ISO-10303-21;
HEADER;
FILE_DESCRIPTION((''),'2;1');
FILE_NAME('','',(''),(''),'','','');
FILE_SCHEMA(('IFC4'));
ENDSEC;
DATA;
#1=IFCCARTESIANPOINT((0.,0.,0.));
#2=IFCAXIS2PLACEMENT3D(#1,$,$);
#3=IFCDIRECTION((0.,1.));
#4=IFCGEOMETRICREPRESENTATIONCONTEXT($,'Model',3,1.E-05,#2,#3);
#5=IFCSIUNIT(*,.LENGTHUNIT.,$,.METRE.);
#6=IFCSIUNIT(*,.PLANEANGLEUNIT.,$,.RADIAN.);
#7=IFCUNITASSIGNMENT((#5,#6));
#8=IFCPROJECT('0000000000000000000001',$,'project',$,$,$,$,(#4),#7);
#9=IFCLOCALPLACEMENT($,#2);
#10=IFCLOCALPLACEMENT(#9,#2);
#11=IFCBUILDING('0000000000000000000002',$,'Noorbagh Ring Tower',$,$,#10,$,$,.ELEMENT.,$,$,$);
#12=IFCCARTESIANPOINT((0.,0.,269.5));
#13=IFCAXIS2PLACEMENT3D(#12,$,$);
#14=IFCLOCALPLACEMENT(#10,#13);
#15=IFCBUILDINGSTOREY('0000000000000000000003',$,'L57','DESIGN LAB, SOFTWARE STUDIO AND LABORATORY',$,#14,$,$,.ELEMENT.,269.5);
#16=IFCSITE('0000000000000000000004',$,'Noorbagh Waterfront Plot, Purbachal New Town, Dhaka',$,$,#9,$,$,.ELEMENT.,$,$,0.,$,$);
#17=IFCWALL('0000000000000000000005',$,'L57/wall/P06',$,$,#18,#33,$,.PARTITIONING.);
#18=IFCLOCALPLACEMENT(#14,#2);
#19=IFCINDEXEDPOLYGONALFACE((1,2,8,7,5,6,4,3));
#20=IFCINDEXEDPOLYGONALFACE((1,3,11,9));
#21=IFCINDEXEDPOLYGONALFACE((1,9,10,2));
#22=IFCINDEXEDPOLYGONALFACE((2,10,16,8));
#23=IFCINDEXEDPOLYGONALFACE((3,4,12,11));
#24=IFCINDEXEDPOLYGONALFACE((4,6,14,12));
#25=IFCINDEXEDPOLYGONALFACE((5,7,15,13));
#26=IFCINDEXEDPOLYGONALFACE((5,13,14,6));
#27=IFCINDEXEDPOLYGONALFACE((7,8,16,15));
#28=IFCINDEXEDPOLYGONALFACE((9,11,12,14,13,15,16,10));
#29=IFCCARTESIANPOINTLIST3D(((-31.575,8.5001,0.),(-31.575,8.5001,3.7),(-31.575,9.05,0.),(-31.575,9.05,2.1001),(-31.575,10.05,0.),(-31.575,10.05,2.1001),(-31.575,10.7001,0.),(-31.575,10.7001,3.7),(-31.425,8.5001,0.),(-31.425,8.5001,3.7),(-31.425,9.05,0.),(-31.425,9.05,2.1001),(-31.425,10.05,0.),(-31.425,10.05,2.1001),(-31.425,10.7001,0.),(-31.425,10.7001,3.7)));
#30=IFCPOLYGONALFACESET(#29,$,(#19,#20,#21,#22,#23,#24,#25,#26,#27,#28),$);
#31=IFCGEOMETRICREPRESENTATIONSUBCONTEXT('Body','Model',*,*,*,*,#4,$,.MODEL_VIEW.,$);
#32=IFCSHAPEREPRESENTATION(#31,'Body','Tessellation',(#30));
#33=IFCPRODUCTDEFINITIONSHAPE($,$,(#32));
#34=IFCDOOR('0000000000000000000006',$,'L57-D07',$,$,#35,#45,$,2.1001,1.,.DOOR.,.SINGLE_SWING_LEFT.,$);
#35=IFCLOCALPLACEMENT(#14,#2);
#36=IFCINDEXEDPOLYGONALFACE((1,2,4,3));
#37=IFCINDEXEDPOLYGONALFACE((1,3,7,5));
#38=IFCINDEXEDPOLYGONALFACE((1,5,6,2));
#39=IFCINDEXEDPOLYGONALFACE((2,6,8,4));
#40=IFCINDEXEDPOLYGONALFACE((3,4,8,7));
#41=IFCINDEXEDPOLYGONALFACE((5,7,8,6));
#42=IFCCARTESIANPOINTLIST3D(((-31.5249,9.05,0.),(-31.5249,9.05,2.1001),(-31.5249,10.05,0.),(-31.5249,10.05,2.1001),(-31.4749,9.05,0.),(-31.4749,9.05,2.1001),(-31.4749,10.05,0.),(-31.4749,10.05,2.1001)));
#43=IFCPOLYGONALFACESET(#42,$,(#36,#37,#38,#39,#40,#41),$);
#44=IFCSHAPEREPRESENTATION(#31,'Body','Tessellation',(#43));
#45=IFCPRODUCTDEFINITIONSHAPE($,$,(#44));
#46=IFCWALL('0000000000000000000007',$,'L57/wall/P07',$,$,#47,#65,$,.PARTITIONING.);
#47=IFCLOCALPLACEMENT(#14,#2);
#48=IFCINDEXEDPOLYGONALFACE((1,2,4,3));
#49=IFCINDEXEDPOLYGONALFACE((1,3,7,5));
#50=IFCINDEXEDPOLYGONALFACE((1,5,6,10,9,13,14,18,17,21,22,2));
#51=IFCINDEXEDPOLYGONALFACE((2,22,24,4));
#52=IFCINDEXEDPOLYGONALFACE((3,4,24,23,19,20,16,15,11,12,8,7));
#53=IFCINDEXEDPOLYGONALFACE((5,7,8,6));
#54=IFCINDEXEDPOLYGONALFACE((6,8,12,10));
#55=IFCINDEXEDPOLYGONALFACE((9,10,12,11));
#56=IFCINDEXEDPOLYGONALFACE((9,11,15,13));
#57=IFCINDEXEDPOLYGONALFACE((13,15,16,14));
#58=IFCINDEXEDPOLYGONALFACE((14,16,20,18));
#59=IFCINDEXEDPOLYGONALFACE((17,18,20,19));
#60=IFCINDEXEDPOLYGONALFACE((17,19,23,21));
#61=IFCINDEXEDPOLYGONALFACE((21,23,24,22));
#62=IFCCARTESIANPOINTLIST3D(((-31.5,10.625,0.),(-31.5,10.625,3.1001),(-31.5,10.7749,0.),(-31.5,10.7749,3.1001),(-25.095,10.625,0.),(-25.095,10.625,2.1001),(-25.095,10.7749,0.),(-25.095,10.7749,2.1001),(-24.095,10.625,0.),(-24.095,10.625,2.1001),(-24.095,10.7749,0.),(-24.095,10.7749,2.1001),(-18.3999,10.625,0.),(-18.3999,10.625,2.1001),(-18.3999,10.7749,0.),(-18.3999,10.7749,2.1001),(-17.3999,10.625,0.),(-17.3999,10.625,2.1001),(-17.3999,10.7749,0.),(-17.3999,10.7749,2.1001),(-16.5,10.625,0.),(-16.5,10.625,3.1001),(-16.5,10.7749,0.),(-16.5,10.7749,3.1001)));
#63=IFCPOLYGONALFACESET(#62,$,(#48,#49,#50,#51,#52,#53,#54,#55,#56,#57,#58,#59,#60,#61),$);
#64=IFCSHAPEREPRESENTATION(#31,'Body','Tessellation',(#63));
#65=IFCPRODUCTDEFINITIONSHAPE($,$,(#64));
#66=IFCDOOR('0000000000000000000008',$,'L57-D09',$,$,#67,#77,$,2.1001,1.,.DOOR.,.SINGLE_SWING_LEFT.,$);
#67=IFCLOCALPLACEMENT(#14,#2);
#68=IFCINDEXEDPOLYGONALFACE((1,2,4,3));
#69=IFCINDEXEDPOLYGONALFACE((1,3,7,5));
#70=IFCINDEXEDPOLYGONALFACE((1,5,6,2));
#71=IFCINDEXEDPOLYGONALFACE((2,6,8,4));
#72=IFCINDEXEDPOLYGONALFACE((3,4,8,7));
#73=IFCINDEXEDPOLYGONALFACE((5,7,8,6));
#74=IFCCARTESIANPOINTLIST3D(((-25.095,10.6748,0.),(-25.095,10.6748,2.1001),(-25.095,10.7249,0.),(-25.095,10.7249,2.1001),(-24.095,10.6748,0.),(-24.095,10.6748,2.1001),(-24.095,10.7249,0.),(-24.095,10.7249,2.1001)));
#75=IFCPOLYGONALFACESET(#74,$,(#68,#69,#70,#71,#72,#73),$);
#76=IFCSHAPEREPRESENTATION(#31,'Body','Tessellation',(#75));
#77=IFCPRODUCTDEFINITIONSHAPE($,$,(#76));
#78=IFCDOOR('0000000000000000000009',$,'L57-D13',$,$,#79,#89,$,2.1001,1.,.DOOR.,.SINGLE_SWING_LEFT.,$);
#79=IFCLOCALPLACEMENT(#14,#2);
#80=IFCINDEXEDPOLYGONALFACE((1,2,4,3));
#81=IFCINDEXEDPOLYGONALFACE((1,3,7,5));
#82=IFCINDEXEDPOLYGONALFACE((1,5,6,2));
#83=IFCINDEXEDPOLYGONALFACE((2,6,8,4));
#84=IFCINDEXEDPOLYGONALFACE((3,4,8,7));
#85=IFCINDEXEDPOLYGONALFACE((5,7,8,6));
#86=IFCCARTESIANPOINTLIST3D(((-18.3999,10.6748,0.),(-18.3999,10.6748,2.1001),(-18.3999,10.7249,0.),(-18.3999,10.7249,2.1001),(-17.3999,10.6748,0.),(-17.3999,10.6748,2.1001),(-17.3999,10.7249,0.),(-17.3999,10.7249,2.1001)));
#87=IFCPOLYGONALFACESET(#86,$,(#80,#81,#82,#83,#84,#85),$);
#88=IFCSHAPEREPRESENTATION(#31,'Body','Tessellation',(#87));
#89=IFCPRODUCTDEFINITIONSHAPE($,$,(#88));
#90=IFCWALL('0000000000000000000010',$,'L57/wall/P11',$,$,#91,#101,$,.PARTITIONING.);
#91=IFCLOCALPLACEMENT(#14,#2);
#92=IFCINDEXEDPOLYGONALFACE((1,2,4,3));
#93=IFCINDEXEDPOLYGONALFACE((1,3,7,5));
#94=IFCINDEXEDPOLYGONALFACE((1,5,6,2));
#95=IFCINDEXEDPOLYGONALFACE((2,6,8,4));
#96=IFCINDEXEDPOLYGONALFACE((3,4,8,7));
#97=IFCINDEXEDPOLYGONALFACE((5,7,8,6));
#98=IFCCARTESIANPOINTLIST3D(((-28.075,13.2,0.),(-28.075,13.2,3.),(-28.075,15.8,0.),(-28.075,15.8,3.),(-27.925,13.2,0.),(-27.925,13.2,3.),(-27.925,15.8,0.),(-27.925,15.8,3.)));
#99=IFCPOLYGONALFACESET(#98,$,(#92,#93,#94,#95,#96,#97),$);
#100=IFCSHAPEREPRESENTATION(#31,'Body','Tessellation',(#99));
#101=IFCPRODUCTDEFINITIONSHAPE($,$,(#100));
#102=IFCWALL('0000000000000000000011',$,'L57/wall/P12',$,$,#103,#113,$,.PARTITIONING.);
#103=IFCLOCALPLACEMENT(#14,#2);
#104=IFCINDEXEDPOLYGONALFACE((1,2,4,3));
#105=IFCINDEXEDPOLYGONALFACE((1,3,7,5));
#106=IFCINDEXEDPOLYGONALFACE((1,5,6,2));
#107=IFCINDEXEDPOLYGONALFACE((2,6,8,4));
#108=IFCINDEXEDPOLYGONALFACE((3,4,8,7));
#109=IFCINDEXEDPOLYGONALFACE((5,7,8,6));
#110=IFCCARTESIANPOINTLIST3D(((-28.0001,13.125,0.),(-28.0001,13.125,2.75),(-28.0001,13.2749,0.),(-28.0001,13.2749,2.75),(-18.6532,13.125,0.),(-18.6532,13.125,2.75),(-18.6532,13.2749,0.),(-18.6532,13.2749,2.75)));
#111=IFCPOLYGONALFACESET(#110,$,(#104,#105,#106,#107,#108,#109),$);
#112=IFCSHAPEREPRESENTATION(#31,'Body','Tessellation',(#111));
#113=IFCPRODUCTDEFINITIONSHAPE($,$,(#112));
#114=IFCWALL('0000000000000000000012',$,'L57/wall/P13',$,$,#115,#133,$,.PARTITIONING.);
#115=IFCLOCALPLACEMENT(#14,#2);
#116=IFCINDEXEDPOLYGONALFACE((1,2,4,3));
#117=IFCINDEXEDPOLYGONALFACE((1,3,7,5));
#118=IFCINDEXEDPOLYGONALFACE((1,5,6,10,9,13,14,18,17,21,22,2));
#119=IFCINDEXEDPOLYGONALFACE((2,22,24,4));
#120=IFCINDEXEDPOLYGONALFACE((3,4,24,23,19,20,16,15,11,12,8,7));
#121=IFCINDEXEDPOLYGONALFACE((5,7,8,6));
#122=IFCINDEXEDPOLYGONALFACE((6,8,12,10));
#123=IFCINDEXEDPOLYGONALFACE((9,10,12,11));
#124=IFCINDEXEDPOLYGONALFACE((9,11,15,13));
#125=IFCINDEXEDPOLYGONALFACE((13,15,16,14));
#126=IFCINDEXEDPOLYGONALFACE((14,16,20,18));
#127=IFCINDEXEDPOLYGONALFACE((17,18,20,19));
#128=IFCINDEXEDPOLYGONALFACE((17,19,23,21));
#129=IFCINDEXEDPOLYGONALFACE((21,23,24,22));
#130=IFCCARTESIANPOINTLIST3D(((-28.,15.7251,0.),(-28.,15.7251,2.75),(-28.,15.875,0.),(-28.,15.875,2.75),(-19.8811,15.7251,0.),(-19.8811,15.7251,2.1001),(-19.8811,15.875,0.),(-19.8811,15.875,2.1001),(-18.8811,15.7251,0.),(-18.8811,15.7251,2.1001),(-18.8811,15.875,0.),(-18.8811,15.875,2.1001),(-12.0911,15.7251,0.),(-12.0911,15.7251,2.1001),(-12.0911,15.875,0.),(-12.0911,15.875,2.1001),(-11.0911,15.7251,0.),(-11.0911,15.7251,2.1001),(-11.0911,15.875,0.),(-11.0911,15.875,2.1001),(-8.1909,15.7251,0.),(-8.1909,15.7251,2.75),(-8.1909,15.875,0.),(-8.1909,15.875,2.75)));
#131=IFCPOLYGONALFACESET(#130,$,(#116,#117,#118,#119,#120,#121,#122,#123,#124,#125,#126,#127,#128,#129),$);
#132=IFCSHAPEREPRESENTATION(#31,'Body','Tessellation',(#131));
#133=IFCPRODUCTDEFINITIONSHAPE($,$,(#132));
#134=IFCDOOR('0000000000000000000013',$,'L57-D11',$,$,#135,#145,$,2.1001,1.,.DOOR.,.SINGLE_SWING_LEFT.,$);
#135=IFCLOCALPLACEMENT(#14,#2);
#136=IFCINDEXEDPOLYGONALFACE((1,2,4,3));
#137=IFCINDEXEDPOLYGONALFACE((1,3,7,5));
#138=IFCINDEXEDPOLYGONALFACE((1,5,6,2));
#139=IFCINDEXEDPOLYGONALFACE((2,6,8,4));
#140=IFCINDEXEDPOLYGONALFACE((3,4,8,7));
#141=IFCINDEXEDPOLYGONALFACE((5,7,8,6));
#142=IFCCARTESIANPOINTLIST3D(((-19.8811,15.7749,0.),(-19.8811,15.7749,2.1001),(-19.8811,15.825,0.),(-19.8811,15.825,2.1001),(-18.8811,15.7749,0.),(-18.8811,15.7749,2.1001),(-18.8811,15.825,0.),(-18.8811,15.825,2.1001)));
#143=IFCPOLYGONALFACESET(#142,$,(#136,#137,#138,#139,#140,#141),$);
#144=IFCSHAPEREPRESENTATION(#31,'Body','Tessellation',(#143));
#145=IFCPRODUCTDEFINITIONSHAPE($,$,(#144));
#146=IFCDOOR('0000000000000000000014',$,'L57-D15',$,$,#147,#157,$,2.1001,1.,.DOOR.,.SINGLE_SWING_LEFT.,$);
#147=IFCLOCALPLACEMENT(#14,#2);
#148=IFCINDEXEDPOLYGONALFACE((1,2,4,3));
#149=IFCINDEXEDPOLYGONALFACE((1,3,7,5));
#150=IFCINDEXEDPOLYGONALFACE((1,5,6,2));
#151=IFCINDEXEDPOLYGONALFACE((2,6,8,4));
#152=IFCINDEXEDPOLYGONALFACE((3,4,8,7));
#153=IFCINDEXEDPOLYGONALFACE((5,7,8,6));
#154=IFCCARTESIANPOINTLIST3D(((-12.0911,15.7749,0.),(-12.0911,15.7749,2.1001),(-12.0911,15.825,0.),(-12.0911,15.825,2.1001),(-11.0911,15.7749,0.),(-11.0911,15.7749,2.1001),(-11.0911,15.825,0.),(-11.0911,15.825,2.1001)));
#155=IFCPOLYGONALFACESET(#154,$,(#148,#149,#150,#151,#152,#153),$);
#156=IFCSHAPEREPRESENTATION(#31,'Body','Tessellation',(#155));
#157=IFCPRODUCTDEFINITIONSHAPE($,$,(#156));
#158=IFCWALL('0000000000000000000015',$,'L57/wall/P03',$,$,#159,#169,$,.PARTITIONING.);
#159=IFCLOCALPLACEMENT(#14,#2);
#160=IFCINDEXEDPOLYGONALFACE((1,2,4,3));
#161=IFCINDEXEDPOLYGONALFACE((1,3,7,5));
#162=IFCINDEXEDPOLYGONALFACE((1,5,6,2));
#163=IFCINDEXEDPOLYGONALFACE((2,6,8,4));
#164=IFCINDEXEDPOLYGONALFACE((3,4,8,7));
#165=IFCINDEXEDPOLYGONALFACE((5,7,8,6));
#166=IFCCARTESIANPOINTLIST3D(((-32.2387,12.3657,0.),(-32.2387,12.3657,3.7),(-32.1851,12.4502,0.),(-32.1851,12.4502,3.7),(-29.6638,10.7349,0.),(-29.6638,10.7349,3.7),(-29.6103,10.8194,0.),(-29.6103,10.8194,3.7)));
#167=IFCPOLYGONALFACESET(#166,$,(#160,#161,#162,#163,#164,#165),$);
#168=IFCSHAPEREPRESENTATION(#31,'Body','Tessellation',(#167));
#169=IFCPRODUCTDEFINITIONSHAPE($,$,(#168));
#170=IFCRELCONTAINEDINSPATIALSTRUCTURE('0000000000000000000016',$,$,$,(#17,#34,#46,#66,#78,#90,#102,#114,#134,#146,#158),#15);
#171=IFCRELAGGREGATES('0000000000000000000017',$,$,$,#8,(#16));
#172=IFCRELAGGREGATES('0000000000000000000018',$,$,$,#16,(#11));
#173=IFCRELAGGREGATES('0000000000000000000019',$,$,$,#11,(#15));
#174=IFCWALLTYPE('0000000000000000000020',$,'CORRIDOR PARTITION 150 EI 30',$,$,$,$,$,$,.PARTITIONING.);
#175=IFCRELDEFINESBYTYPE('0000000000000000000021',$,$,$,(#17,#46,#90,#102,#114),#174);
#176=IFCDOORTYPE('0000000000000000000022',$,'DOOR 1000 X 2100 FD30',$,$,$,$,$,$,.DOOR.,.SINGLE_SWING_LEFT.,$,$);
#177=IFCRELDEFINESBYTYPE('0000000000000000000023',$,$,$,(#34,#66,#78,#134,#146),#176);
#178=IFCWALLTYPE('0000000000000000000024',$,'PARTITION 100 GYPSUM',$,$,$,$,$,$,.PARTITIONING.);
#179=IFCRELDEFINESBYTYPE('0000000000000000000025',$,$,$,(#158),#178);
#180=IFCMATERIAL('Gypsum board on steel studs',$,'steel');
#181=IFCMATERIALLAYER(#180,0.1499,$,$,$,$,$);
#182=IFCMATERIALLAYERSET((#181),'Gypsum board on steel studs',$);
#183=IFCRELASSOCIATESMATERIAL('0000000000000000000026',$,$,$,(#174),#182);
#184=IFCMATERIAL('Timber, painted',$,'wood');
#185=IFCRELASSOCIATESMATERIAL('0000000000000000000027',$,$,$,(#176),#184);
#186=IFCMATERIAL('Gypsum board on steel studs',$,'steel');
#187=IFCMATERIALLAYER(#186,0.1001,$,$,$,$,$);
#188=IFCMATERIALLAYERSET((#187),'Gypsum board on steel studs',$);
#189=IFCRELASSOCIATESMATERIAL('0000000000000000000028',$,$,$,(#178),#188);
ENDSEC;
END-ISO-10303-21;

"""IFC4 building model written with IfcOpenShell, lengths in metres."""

from ifc_helpers import new_model, si_unit, direction, frame, frame_2d, origin, place, context, subcontext, project, spatial, rectangle, extrude, material, layer, layer_set, type_object, element, fill, save


model = new_model("IFC4")

# Units and contexts
model_context = context("Model", 3, precision=1e-05, world=origin(), true_north=direction((0.0, 1.0)))
body_context = subcontext(model_context, "Body", "Model", "MODEL_VIEW")
ifc_project = project(units=[si_unit("LENGTHUNIT", "METRE"), si_unit("PLANEANGLEUNIT", "RADIAN")], contexts=[model_context])

# Site, building, storey
site_placement = place(None, origin())
site = spatial("IfcSite", under=ifc_project, at=site_placement, Name="Noorbagh Waterfront Plot, Purbachal New Town, Dhaka", CompositionType="ELEMENT", RefElevation=0.0)
building_placement = place(site_placement, origin())
building = spatial("IfcBuilding", under=site, at=building_placement, Name="Noorbagh Ring Tower", CompositionType="ELEMENT")
storey_placement = place(building_placement, frame((0.0, 0.0, 269.5)))
storey = spatial("IfcBuildingStorey", under=building, at=storey_placement, Name="L57", Description="DESIGN LAB, SOFTWARE STUDIO AND LABORATORY", CompositionType="ELEMENT", Elevation=269.5)

# Wall, opening, door
ifc_material_1 = material(Name="Gypsum board on steel studs", Category="steel")
ifc_layer_1 = layer(ifc_material_1, 0.1499)
ifc_layer_set_1 = layer_set([ifc_layer_1], Name="Gypsum board on steel studs")
wall_type_1 = type_object("IfcWallType", Name="CORRIDOR PARTITION 150 EI 30", PredefinedType="PARTITIONING", material=ifc_layer_set_1)
wall_1_placement = place(storey_placement, frame((-31.5, 8.5, 0.0), z_axis=(0.0, 0.0, 1.0), x_axis=(0.0, 1.0, 0.0)))
wall_1 = element("IfcWall", 1, at=wall_1_placement, inside=storey, type_object=wall_type_1, Name="L57/wall/P06", PredefinedType="PARTITIONING", context=body_context, shape_type="SweptSolid", body=[
    extrude(rectangle(XDim=2.2, YDim=0.1499, at=frame_2d((1.1001, 0.0))), origin(), (0.0, 0.0, 1.0), 3.7),
])
opening_1_placement = place(wall_1_placement, frame((0.55, 0.0, 0.0)))
opening_1 = element("IfcOpeningElement", 2, at=opening_1_placement, cuts=wall_1, PredefinedType="OPENING", context=body_context, shape_type="SweptSolid", body=[
    extrude(rectangle(XDim=1.0, YDim=2.1001, at=frame_2d((0.5, 1.05))), frame((0.0, 0.085, 0.0), z_axis=(0.0, -1.0, 0.0), x_axis=(1.0, 0.0, 0.0)), (0.0, 0.0, 1.0), 0.1699),
])
ifc_material_2 = material(Name="Timber, painted", Category="wood")
door_type = type_object("IfcDoorType", Name="DOOR 1000 X 2100 FD30", OperationType="SINGLE_SWING_LEFT", PredefinedType="DOOR", material=ifc_material_2)
door_1_placement = place(opening_1_placement, origin())
door_1 = element("IfcDoor", 3, at=door_1_placement, inside=storey, type_object=door_type, Name="L57-D07", OperationType="SINGLE_SWING_LEFT", OverallHeight=2.1001, OverallWidth=1.0, PredefinedType="DOOR", context=body_context, shape_type="SweptSolid", body=[
    extrude(rectangle(XDim=1.0, YDim=2.1001, at=frame_2d((0.5, 1.05))), frame((0.0, 0.0249, 0.0), z_axis=(0.0, -1.0, 0.0), x_axis=(1.0, 0.0, 0.0)), (0.0, 0.0, 1.0), 0.05),
])
fill(opening_1, door_1)

# Wall, openings, doors
wall_2_placement = place(storey_placement, frame((-31.5, 10.7, 0.0), z_axis=(0.0, 0.0, 1.0), x_axis=(1.0, 0.0, 0.0)))
wall_2 = element("IfcWall", 4, at=wall_2_placement, inside=storey, type_object=wall_type_1, Name="L57/wall/P07", PredefinedType="PARTITIONING", context=body_context, shape_type="SweptSolid", body=[
    extrude(rectangle(XDim=15.0, YDim=0.1499, at=frame_2d((7.5, 0.0))), origin(), (0.0, 0.0, 1.0), 3.1001),
])
opening_2_placement = place(wall_2_placement, frame((6.405, 0.0, 0.0)))
opening_2 = element("IfcOpeningElement", 5, at=opening_2_placement, cuts=wall_2, PredefinedType="OPENING", context=body_context, shape_type="SweptSolid", body=[
    extrude(rectangle(XDim=1.0, YDim=2.1001, at=frame_2d((0.5, 1.05))), frame((0.0, 0.085, 0.0), z_axis=(0.0, -1.0, 0.0), x_axis=(1.0, 0.0, 0.0)), (0.0, 0.0, 1.0), 0.1699),
])
opening_3_placement = place(wall_2_placement, frame((13.1001, 0.0, 0.0)))
opening_3 = element("IfcOpeningElement", 6, at=opening_3_placement, cuts=wall_2, PredefinedType="OPENING", context=body_context, shape_type="SweptSolid", body=[
    extrude(rectangle(XDim=1.0, YDim=2.1001, at=frame_2d((0.5, 1.05))), frame((0.0, 0.085, 0.0), z_axis=(0.0, -1.0, 0.0), x_axis=(1.0, 0.0, 0.0)), (0.0, 0.0, 1.0), 0.1699),
])
door_2_placement = place(opening_2_placement, origin())
door_2 = element("IfcDoor", 7, at=door_2_placement, inside=storey, type_object=door_type, Name="L57-D09", OperationType="SINGLE_SWING_LEFT", OverallHeight=2.1001, OverallWidth=1.0, PredefinedType="DOOR", context=body_context, shape_type="SweptSolid", body=[
    extrude(rectangle(XDim=1.0, YDim=2.1001, at=frame_2d((0.5, 1.05))), frame((0.0, 0.0249, 0.0), z_axis=(0.0, -1.0, 0.0), x_axis=(1.0, 0.0, 0.0)), (0.0, 0.0, 1.0), 0.05),
])
fill(opening_2, door_2)
door_3_placement = place(opening_3_placement, origin())
door_3 = element("IfcDoor", 8, at=door_3_placement, inside=storey, type_object=door_type, Name="L57-D13", OperationType="SINGLE_SWING_LEFT", OverallHeight=2.1001, OverallWidth=1.0, PredefinedType="DOOR", context=body_context, shape_type="SweptSolid", body=[
    extrude(rectangle(XDim=1.0, YDim=2.1001, at=frame_2d((0.5, 1.05))), frame((0.0, 0.0249, 0.0), z_axis=(0.0, -1.0, 0.0), x_axis=(1.0, 0.0, 0.0)), (0.0, 0.0, 1.0), 0.05),
])
fill(opening_3, door_3)

# Walls
wall_3_placement = place(storey_placement, frame((-28.0, 13.2, 0.0), z_axis=(0.0, 0.0, 1.0), x_axis=(0.0, 1.0, 0.0)))
element("IfcWall", 9, at=wall_3_placement, inside=storey, type_object=wall_type_1, Name="L57/wall/P11", PredefinedType="PARTITIONING", context=body_context, shape_type="SweptSolid", body=[
    extrude(rectangle(XDim=2.6001, YDim=0.1499, at=frame_2d((1.3, 0.0))), origin(), (0.0, 0.0, 1.0), 3.0),
])
wall_4_placement = place(storey_placement, frame((-28.0, 13.2, 0.0), z_axis=(0.0, 0.0, 1.0), x_axis=(1.0, 0.0, 0.0)))
element("IfcWall", 10, at=wall_4_placement, inside=storey, type_object=wall_type_1, Name="L57/wall/P12", PredefinedType="PARTITIONING", context=body_context, shape_type="SweptSolid", body=[
    extrude(rectangle(XDim=9.3469, YDim=0.1499, at=frame_2d((4.6733, 0.0))), origin(), (0.0, 0.0, 1.0), 2.75),
])

# Wall, openings, doors
wall_5_placement = place(storey_placement, frame((-28.0, 15.8, 0.0), z_axis=(0.0, 0.0, 1.0), x_axis=(1.0, 0.0, 0.0)))
wall_5 = element("IfcWall", 11, at=wall_5_placement, inside=storey, type_object=wall_type_1, Name="L57/wall/P13", PredefinedType="PARTITIONING", context=body_context, shape_type="SweptSolid", body=[
    extrude(rectangle(XDim=19.8091, YDim=0.1499, at=frame_2d((9.9045, 0.0))), origin(), (0.0, 0.0, 1.0), 2.75),
])
opening_4_placement = place(wall_5_placement, frame((8.1189, 0.0, 0.0)))
opening_4 = element("IfcOpeningElement", 12, at=opening_4_placement, cuts=wall_5, PredefinedType="OPENING", context=body_context, shape_type="SweptSolid", body=[
    extrude(rectangle(XDim=1.0, YDim=2.1001, at=frame_2d((0.5, 1.05))), frame((0.0, 0.085, 0.0), z_axis=(0.0, -1.0, 0.0), x_axis=(1.0, 0.0, 0.0)), (0.0, 0.0, 1.0), 0.1699),
])
opening_5_placement = place(wall_5_placement, frame((15.9089, 0.0, 0.0)))
opening_5 = element("IfcOpeningElement", 13, at=opening_5_placement, cuts=wall_5, PredefinedType="OPENING", context=body_context, shape_type="SweptSolid", body=[
    extrude(rectangle(XDim=1.0, YDim=2.1001, at=frame_2d((0.5, 1.05))), frame((0.0, 0.085, 0.0), z_axis=(0.0, -1.0, 0.0), x_axis=(1.0, 0.0, 0.0)), (0.0, 0.0, 1.0), 0.1699),
])
door_4_placement = place(opening_4_placement, origin())
door_4 = element("IfcDoor", 14, at=door_4_placement, inside=storey, type_object=door_type, Name="L57-D11", OperationType="SINGLE_SWING_LEFT", OverallHeight=2.1001, OverallWidth=1.0, PredefinedType="DOOR", context=body_context, shape_type="SweptSolid", body=[
    extrude(rectangle(XDim=1.0, YDim=2.1001, at=frame_2d((0.5, 1.05))), frame((0.0, 0.0249, 0.0), z_axis=(0.0, -1.0, 0.0), x_axis=(1.0, 0.0, 0.0)), (0.0, 0.0, 1.0), 0.05),
])
fill(opening_4, door_4)
door_5_placement = place(opening_5_placement, origin())
door_5 = element("IfcDoor", 15, at=door_5_placement, inside=storey, type_object=door_type, Name="L57-D15", OperationType="SINGLE_SWING_LEFT", OverallHeight=2.1001, OverallWidth=1.0, PredefinedType="DOOR", context=body_context, shape_type="SweptSolid", body=[
    extrude(rectangle(XDim=1.0, YDim=2.1001, at=frame_2d((0.5, 1.05))), frame((0.0, 0.0249, 0.0), z_axis=(0.0, -1.0, 0.0), x_axis=(1.0, 0.0, 0.0)), (0.0, 0.0, 1.0), 0.05),
])
fill(opening_5, door_5)

# Wall
ifc_material_3 = material(Name="Gypsum board on steel studs", Category="steel")
ifc_layer_2 = layer(ifc_material_3, 0.1001)
ifc_layer_set_2 = layer_set([ifc_layer_2], Name="Gypsum board on steel studs")
wall_type_2 = type_object("IfcWallType", Name="PARTITION 100 GYPSUM", PredefinedType="PARTITIONING", material=ifc_layer_set_2)
wall_6_placement = place(storey_placement, frame((-32.2119, 12.408, 0.0), z_axis=(0.0, 0.0, 1.0), x_axis=(0.844811, -0.535065, 0.0)))
element("IfcWall", 16, at=wall_6_placement, inside=storey, type_object=wall_type_2, Name="L57/wall/P03", PredefinedType="PARTITIONING", context=body_context, shape_type="SweptSolid", body=[
    extrude(rectangle(XDim=3.0479, YDim=0.1001, at=frame_2d((1.5239, 0.0))), origin(), (0.0, 0.0, 1.0), 3.7),
])

save(model, "model.ifc")
